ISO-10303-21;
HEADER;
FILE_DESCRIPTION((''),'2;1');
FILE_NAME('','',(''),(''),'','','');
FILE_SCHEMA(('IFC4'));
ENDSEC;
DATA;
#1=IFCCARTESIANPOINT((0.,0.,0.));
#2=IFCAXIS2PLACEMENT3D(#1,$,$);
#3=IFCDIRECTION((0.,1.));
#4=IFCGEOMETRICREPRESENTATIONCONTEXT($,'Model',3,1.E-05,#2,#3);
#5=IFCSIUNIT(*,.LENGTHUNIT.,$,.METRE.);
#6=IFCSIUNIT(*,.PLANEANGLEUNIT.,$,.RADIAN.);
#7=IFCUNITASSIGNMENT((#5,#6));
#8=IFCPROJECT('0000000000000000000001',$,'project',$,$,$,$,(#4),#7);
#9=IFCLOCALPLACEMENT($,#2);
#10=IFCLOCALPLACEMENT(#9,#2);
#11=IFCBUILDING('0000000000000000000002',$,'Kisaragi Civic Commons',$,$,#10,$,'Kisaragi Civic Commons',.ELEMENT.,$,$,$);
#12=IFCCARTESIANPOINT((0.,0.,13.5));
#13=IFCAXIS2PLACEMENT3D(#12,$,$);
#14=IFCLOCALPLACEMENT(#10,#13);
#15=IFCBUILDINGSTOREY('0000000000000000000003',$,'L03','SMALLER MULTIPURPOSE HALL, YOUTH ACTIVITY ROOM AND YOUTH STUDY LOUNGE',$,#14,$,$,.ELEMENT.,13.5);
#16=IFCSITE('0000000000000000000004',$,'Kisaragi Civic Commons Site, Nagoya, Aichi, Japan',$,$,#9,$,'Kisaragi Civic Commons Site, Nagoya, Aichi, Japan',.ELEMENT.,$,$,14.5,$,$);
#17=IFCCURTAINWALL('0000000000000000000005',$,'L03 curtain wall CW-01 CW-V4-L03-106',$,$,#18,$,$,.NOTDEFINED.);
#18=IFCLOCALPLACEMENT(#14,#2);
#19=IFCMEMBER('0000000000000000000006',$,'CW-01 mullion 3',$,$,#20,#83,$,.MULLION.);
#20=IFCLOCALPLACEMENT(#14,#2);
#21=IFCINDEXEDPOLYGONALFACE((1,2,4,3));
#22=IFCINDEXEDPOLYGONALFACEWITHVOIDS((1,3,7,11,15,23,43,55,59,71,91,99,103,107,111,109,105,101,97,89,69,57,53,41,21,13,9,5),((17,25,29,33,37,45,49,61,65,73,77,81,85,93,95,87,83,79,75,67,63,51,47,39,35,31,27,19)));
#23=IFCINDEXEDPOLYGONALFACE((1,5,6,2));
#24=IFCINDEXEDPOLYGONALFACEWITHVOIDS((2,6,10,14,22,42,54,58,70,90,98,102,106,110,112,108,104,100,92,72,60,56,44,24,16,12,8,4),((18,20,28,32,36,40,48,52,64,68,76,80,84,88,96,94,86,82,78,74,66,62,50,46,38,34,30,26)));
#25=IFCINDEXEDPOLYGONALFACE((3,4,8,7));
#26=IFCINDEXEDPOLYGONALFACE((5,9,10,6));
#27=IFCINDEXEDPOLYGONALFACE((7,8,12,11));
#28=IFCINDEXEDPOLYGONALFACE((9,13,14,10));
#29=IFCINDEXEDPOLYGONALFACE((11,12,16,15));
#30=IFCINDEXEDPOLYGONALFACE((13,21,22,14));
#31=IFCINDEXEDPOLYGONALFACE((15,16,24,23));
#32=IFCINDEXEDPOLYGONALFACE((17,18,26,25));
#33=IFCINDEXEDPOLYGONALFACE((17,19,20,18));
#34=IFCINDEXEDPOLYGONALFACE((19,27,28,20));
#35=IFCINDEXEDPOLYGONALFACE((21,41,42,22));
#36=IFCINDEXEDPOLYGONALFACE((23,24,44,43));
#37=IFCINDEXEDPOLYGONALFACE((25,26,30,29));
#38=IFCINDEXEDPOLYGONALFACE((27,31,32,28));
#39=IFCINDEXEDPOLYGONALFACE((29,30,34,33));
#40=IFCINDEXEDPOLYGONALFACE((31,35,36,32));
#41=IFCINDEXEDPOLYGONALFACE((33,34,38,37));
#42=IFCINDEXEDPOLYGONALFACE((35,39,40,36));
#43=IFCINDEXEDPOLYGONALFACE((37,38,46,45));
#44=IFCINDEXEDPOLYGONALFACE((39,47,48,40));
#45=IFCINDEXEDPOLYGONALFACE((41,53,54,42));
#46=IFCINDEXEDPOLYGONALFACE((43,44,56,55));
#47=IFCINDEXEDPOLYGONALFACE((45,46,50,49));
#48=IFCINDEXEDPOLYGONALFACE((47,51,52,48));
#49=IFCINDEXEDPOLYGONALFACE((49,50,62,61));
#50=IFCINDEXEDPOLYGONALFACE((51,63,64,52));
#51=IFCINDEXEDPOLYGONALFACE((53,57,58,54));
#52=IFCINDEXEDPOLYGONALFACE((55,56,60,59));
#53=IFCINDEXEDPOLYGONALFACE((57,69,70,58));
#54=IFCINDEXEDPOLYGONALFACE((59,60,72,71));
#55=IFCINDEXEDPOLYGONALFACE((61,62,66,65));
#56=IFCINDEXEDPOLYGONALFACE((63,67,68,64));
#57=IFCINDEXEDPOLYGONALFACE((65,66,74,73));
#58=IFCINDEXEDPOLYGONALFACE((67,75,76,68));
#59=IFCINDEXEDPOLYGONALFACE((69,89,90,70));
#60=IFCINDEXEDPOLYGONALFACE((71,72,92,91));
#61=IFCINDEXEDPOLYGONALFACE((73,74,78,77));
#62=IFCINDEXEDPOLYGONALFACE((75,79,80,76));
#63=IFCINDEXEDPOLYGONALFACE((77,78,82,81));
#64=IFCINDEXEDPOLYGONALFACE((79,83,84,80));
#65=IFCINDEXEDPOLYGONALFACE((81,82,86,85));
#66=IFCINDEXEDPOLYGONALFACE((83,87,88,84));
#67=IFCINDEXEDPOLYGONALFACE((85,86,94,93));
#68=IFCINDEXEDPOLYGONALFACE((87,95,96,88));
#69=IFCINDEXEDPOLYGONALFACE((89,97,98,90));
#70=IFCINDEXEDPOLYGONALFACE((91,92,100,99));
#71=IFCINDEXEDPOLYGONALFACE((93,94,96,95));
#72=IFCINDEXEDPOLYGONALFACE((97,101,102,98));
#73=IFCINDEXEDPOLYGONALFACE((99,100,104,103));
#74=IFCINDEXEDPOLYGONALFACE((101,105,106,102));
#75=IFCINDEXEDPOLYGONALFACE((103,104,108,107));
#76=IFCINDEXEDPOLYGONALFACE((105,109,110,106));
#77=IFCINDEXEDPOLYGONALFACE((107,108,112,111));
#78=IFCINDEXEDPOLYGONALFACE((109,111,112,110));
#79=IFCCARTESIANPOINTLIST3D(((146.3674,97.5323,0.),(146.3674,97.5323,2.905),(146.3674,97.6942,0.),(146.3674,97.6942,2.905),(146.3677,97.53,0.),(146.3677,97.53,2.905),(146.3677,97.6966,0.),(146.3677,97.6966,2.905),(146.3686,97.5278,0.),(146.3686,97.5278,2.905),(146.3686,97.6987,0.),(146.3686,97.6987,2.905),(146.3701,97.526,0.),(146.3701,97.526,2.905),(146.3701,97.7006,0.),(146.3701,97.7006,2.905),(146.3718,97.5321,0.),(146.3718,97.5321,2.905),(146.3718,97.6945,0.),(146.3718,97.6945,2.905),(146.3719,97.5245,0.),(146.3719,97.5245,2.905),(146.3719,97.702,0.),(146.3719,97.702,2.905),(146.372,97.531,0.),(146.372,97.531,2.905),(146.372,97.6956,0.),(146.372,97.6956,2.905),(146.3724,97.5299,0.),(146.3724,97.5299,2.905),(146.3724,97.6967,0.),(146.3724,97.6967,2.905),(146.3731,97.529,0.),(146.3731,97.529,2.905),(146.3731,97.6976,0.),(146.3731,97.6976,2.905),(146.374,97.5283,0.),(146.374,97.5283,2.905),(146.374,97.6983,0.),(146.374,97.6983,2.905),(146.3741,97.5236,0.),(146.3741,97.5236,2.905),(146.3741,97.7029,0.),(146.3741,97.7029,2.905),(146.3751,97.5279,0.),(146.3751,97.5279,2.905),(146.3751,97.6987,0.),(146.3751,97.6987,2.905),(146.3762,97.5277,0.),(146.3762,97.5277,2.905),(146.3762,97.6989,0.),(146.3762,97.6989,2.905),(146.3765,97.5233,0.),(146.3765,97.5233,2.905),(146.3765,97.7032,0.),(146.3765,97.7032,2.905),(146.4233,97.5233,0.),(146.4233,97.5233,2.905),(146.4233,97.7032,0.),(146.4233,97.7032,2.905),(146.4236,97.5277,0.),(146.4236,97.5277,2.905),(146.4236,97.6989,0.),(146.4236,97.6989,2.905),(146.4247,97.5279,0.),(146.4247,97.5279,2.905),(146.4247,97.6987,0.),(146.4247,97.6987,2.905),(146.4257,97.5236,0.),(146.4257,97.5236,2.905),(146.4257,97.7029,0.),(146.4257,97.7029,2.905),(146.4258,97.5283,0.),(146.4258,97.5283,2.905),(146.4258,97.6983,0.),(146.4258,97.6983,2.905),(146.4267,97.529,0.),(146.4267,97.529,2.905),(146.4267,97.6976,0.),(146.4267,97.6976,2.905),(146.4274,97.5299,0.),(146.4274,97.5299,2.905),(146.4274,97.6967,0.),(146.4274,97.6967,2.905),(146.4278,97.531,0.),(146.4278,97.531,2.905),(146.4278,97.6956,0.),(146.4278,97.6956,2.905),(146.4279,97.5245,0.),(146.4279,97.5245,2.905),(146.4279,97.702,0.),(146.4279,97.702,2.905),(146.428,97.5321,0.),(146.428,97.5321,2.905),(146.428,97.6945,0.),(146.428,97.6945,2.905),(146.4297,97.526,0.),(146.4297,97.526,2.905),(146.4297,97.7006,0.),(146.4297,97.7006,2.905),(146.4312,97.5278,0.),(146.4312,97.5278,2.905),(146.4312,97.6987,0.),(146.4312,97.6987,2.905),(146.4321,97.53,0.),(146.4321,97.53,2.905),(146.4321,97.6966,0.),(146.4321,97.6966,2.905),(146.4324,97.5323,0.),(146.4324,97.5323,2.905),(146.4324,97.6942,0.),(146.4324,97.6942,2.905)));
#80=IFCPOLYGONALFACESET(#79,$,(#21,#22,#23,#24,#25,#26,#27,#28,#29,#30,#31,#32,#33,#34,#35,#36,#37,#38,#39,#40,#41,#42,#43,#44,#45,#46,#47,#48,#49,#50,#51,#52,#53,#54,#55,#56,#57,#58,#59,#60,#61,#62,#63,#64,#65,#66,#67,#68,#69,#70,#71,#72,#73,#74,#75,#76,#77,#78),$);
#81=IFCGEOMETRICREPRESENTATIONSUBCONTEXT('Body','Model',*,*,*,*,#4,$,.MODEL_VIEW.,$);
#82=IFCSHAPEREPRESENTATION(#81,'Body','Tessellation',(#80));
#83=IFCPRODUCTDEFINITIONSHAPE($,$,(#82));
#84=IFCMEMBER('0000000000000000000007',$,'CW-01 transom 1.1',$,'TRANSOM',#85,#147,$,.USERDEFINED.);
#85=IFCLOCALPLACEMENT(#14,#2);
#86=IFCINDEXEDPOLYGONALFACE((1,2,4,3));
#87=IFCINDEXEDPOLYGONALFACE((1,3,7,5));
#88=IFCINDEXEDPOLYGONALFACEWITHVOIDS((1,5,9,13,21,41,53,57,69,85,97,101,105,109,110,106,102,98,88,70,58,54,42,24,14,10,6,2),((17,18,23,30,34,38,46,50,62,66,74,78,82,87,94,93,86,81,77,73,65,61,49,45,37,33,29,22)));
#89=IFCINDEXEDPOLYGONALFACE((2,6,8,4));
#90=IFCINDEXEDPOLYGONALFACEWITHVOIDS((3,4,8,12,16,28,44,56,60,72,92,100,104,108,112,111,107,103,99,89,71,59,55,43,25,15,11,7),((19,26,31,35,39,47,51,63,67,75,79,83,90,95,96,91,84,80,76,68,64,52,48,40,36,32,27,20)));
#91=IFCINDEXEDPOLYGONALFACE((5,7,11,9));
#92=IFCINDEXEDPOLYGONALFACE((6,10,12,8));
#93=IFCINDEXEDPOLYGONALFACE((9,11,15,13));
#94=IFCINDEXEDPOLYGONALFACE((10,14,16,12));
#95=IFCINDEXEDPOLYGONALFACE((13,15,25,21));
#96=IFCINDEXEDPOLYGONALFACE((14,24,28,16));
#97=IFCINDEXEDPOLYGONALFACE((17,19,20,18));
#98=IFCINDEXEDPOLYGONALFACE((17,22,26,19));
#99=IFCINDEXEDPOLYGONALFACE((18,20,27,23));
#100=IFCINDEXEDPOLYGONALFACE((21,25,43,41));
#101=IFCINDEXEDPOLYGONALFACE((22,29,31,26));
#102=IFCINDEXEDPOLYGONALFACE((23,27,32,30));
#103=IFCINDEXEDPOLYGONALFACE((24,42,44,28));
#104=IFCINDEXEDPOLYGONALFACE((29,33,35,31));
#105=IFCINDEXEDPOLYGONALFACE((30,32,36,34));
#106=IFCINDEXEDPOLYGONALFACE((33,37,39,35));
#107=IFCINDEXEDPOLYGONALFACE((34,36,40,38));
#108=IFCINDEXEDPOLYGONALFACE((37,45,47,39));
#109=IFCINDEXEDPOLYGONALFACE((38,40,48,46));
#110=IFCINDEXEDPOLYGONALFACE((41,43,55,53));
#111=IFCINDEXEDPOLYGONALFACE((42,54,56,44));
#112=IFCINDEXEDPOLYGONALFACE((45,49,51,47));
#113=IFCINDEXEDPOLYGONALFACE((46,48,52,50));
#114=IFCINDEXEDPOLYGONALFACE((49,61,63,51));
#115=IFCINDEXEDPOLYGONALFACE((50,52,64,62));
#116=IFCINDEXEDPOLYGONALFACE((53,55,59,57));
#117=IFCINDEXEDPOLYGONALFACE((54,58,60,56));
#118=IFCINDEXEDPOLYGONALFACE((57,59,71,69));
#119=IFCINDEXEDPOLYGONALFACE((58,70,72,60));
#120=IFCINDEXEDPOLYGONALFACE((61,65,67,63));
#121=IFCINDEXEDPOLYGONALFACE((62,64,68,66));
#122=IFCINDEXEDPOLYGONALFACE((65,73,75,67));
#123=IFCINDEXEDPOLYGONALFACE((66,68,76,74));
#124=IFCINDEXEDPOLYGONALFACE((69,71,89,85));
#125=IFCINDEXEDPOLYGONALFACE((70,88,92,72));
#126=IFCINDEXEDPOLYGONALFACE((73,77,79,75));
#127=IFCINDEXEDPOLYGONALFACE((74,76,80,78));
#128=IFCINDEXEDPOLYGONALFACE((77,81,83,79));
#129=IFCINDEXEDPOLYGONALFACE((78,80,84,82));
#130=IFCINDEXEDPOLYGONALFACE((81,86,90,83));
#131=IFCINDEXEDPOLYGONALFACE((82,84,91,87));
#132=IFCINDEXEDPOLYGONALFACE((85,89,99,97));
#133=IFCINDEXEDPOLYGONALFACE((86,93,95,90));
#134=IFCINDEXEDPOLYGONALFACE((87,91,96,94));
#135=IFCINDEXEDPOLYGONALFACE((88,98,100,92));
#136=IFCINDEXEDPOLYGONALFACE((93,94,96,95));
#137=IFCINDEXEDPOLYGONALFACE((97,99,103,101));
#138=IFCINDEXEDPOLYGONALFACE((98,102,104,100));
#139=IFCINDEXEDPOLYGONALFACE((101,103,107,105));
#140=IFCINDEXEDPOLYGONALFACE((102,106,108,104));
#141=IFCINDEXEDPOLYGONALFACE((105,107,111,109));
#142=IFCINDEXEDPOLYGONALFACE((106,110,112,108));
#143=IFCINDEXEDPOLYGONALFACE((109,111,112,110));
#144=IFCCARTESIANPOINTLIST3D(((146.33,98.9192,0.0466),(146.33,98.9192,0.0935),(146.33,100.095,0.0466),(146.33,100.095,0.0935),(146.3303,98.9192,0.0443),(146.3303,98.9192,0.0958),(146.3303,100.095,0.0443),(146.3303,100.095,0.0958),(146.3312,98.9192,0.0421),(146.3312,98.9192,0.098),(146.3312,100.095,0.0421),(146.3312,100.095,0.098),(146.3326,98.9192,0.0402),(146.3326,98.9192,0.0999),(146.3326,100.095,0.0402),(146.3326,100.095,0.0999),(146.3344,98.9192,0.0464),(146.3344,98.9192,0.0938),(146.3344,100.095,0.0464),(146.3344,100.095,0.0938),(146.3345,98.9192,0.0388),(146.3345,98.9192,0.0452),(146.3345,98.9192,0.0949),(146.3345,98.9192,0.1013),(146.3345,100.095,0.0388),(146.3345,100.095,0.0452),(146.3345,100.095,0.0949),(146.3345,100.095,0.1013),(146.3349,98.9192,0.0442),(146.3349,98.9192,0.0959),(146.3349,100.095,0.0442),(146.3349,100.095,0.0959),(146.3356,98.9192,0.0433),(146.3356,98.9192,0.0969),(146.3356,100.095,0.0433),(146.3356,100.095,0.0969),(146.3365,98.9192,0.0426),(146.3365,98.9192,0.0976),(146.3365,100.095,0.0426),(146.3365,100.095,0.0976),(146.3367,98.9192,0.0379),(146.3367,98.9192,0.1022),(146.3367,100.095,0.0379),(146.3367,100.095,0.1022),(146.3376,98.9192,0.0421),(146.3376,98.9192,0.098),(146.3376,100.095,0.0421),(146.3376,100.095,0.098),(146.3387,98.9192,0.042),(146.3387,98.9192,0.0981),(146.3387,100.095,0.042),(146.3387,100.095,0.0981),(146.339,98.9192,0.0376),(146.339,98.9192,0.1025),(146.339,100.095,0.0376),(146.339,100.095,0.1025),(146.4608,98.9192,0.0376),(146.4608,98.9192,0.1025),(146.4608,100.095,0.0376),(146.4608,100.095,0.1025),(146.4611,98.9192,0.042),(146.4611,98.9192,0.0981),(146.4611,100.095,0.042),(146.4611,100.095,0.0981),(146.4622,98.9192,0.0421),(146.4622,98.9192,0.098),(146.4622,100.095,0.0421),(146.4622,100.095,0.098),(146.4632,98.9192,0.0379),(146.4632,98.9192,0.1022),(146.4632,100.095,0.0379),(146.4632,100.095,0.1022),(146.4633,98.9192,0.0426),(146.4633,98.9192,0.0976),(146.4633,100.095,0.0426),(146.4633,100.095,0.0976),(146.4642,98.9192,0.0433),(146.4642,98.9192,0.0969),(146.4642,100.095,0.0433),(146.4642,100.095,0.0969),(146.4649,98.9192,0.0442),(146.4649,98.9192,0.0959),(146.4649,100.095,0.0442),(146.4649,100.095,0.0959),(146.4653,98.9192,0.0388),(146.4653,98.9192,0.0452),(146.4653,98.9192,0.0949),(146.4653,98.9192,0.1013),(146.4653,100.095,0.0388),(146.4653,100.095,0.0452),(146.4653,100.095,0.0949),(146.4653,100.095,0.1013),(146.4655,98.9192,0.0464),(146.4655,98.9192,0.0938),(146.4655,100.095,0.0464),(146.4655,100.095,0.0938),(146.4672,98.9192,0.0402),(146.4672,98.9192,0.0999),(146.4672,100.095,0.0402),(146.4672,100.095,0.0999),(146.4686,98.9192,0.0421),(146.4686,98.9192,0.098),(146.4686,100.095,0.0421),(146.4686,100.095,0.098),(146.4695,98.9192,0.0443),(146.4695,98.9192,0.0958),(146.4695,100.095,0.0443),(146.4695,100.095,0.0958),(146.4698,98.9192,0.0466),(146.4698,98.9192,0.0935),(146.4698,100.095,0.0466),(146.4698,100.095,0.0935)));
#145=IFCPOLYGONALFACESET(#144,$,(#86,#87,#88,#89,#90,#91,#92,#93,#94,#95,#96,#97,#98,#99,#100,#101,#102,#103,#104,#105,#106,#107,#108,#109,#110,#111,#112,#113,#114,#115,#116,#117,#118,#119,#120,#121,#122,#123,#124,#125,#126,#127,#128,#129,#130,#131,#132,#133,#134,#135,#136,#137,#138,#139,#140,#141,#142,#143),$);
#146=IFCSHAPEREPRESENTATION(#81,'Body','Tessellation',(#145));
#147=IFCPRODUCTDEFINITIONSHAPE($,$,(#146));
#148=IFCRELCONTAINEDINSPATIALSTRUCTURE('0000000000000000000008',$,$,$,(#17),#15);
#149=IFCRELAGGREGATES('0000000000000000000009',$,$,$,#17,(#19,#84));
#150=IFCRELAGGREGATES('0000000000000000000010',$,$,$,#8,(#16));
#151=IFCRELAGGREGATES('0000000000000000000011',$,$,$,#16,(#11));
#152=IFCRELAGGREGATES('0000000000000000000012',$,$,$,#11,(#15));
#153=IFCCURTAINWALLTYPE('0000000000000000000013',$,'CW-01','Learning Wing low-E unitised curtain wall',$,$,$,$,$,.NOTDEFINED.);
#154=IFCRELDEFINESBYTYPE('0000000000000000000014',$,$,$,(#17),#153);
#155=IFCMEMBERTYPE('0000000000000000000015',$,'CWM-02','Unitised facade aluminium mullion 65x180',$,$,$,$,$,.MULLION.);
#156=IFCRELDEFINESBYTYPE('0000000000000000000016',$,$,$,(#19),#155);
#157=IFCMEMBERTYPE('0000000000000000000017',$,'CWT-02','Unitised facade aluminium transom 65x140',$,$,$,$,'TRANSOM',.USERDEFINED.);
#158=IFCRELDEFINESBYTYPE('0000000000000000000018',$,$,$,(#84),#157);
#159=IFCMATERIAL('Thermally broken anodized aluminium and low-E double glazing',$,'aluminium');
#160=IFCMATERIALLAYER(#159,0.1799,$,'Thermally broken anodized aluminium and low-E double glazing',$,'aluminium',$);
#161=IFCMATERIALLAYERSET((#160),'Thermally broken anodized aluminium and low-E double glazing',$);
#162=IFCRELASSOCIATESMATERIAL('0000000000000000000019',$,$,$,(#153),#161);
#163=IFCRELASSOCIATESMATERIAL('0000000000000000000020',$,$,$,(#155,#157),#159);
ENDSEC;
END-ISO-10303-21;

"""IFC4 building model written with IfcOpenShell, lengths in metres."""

from ifc_helpers import new_model, si_unit, direction, frame, origin, origin_2d, place, context, subcontext, project, spatial, hollow_rectangle, extrude, material, layer, layer_set, material_profile, profile_set, type_object, element, aggregate, save


model = new_model("IFC4")

# Units and contexts
model_context = context("Model", 3, precision=1e-05, world=origin(), true_north=direction((0.0, 1.0)))
body_context = subcontext(model_context, "Body", "Model", "MODEL_VIEW")
ifc_project = project(units=[si_unit("LENGTHUNIT", "METRE"), si_unit("PLANEANGLEUNIT", "RADIAN")], contexts=[model_context])

# Site, building, storey
site_placement = place(None, origin())
site = spatial("IfcSite", under=ifc_project, at=site_placement, Name="Kisaragi Civic Commons Site, Nagoya, Aichi, Japan", LongName="Kisaragi Civic Commons Site, Nagoya, Aichi, Japan", CompositionType="ELEMENT", RefElevation=14.5)
building_placement = place(site_placement, origin())
building = spatial("IfcBuilding", under=site, at=building_placement, Name="Kisaragi Civic Commons", LongName="Kisaragi Civic Commons", CompositionType="ELEMENT")
storey_placement = place(building_placement, frame((0.0, 0.0, 13.5)))
storey = spatial("IfcBuildingStorey", under=building, at=storey_placement, Name="L03", Description="SMALLER MULTIPURPOSE HALL, YOUTH ACTIVITY ROOM AND YOUTH STUDY LOUNGE", CompositionType="ELEMENT", Elevation=13.5)

# Curtain wall, members
ifc_material = material(Name="Thermally broken anodized aluminium and low-E double glazing", Category="aluminium")
ifc_layer_1 = layer(ifc_material, 0.1799, Name="Thermally broken anodized aluminium and low-E double glazing", Category="aluminium")
ifc_layer_set_1 = layer_set([ifc_layer_1], Name="Thermally broken anodized aluminium and low-E double glazing")
curtain_wall_type = type_object("IfcCurtainWallType", Name="CW-01", Description="Learning Wing low-E unitised curtain wall", PredefinedType="NOTDEFINED", material=ifc_layer_set_1)
curtain_wall_placement = place(storey_placement, origin())
curtain_wall = element("IfcCurtainWall", 1, at=curtain_wall_placement, inside=storey, type_object=curtain_wall_type, Name="L03 curtain wall CW-01 CW-V4-L03-106", PredefinedType="NOTDEFINED")
ifc_material_profile_1 = material_profile(ifc_material, hollow_rectangle(XDim=0.0649, YDim=0.1799, WallThickness=0.0044, InnerFilletRadius=0.0044, OuterFilletRadius=0.009, at=origin_2d()), Name="CWM-65x180x4.5", Category="aluminium")
ifc_profile_set_1 = profile_set([ifc_material_profile_1], Name="Thermally broken anodized aluminium and low-E double glazing")
member_type_1 = type_object("IfcMemberType", Name="CWM-02", Description="Unitised facade aluminium mullion 65x180", PredefinedType="MULLION", material=ifc_profile_set_1)
member_1_placement = place(storey_placement, frame((146.3999, 97.6133, 0.0), z_axis=(0.0, 0.0, 1.0), x_axis=(1.0, 0.0, 0.0)))
member_1 = element("IfcMember", 2, at=member_1_placement, type_object=member_type_1, Name="CW-01 mullion 3", PredefinedType="MULLION", context=body_context, shape_type="SweptSolid", body=[
    extrude(hollow_rectangle(XDim=0.0649, YDim=0.1799, WallThickness=0.0044, InnerFilletRadius=0.0044, OuterFilletRadius=0.009, at=origin_2d()), origin(), (0.0, 0.0, 1.0), 2.905),
])
ifc_material_profile_2 = material_profile(ifc_material, hollow_rectangle(XDim=0.1399, YDim=0.0649, WallThickness=0.0044, InnerFilletRadius=0.0044, OuterFilletRadius=0.009, at=origin_2d()), Name="CWT-65x140x4.5", Category="aluminium")
ifc_profile_set_2 = profile_set([ifc_material_profile_2], Name="Thermally broken anodized aluminium and low-E double glazing")
member_type_2 = type_object("IfcMemberType", Name="CWT-02", Description="Unitised facade aluminium transom 65x140", ElementType="TRANSOM", PredefinedType="USERDEFINED", material=ifc_profile_set_2)
member_2_placement = place(storey_placement, frame((146.3999, 100.095, 0.0701), z_axis=(0.0, -1.0, 0.0), x_axis=(1.0, 0.0, 0.0)))
member_2 = element("IfcMember", 3, at=member_2_placement, type_object=member_type_2, Name="CW-01 transom 1.1", ObjectType="TRANSOM", PredefinedType="USERDEFINED", context=body_context, shape_type="SweptSolid", body=[
    extrude(hollow_rectangle(XDim=0.1399, YDim=0.0649, WallThickness=0.0044, InnerFilletRadius=0.0044, OuterFilletRadius=0.009, at=origin_2d()), origin(), (0.0, 0.0, 1.0), 1.1758),
])
aggregate(curtain_wall, [member_1, member_2])

save(model, "model.ifc")
